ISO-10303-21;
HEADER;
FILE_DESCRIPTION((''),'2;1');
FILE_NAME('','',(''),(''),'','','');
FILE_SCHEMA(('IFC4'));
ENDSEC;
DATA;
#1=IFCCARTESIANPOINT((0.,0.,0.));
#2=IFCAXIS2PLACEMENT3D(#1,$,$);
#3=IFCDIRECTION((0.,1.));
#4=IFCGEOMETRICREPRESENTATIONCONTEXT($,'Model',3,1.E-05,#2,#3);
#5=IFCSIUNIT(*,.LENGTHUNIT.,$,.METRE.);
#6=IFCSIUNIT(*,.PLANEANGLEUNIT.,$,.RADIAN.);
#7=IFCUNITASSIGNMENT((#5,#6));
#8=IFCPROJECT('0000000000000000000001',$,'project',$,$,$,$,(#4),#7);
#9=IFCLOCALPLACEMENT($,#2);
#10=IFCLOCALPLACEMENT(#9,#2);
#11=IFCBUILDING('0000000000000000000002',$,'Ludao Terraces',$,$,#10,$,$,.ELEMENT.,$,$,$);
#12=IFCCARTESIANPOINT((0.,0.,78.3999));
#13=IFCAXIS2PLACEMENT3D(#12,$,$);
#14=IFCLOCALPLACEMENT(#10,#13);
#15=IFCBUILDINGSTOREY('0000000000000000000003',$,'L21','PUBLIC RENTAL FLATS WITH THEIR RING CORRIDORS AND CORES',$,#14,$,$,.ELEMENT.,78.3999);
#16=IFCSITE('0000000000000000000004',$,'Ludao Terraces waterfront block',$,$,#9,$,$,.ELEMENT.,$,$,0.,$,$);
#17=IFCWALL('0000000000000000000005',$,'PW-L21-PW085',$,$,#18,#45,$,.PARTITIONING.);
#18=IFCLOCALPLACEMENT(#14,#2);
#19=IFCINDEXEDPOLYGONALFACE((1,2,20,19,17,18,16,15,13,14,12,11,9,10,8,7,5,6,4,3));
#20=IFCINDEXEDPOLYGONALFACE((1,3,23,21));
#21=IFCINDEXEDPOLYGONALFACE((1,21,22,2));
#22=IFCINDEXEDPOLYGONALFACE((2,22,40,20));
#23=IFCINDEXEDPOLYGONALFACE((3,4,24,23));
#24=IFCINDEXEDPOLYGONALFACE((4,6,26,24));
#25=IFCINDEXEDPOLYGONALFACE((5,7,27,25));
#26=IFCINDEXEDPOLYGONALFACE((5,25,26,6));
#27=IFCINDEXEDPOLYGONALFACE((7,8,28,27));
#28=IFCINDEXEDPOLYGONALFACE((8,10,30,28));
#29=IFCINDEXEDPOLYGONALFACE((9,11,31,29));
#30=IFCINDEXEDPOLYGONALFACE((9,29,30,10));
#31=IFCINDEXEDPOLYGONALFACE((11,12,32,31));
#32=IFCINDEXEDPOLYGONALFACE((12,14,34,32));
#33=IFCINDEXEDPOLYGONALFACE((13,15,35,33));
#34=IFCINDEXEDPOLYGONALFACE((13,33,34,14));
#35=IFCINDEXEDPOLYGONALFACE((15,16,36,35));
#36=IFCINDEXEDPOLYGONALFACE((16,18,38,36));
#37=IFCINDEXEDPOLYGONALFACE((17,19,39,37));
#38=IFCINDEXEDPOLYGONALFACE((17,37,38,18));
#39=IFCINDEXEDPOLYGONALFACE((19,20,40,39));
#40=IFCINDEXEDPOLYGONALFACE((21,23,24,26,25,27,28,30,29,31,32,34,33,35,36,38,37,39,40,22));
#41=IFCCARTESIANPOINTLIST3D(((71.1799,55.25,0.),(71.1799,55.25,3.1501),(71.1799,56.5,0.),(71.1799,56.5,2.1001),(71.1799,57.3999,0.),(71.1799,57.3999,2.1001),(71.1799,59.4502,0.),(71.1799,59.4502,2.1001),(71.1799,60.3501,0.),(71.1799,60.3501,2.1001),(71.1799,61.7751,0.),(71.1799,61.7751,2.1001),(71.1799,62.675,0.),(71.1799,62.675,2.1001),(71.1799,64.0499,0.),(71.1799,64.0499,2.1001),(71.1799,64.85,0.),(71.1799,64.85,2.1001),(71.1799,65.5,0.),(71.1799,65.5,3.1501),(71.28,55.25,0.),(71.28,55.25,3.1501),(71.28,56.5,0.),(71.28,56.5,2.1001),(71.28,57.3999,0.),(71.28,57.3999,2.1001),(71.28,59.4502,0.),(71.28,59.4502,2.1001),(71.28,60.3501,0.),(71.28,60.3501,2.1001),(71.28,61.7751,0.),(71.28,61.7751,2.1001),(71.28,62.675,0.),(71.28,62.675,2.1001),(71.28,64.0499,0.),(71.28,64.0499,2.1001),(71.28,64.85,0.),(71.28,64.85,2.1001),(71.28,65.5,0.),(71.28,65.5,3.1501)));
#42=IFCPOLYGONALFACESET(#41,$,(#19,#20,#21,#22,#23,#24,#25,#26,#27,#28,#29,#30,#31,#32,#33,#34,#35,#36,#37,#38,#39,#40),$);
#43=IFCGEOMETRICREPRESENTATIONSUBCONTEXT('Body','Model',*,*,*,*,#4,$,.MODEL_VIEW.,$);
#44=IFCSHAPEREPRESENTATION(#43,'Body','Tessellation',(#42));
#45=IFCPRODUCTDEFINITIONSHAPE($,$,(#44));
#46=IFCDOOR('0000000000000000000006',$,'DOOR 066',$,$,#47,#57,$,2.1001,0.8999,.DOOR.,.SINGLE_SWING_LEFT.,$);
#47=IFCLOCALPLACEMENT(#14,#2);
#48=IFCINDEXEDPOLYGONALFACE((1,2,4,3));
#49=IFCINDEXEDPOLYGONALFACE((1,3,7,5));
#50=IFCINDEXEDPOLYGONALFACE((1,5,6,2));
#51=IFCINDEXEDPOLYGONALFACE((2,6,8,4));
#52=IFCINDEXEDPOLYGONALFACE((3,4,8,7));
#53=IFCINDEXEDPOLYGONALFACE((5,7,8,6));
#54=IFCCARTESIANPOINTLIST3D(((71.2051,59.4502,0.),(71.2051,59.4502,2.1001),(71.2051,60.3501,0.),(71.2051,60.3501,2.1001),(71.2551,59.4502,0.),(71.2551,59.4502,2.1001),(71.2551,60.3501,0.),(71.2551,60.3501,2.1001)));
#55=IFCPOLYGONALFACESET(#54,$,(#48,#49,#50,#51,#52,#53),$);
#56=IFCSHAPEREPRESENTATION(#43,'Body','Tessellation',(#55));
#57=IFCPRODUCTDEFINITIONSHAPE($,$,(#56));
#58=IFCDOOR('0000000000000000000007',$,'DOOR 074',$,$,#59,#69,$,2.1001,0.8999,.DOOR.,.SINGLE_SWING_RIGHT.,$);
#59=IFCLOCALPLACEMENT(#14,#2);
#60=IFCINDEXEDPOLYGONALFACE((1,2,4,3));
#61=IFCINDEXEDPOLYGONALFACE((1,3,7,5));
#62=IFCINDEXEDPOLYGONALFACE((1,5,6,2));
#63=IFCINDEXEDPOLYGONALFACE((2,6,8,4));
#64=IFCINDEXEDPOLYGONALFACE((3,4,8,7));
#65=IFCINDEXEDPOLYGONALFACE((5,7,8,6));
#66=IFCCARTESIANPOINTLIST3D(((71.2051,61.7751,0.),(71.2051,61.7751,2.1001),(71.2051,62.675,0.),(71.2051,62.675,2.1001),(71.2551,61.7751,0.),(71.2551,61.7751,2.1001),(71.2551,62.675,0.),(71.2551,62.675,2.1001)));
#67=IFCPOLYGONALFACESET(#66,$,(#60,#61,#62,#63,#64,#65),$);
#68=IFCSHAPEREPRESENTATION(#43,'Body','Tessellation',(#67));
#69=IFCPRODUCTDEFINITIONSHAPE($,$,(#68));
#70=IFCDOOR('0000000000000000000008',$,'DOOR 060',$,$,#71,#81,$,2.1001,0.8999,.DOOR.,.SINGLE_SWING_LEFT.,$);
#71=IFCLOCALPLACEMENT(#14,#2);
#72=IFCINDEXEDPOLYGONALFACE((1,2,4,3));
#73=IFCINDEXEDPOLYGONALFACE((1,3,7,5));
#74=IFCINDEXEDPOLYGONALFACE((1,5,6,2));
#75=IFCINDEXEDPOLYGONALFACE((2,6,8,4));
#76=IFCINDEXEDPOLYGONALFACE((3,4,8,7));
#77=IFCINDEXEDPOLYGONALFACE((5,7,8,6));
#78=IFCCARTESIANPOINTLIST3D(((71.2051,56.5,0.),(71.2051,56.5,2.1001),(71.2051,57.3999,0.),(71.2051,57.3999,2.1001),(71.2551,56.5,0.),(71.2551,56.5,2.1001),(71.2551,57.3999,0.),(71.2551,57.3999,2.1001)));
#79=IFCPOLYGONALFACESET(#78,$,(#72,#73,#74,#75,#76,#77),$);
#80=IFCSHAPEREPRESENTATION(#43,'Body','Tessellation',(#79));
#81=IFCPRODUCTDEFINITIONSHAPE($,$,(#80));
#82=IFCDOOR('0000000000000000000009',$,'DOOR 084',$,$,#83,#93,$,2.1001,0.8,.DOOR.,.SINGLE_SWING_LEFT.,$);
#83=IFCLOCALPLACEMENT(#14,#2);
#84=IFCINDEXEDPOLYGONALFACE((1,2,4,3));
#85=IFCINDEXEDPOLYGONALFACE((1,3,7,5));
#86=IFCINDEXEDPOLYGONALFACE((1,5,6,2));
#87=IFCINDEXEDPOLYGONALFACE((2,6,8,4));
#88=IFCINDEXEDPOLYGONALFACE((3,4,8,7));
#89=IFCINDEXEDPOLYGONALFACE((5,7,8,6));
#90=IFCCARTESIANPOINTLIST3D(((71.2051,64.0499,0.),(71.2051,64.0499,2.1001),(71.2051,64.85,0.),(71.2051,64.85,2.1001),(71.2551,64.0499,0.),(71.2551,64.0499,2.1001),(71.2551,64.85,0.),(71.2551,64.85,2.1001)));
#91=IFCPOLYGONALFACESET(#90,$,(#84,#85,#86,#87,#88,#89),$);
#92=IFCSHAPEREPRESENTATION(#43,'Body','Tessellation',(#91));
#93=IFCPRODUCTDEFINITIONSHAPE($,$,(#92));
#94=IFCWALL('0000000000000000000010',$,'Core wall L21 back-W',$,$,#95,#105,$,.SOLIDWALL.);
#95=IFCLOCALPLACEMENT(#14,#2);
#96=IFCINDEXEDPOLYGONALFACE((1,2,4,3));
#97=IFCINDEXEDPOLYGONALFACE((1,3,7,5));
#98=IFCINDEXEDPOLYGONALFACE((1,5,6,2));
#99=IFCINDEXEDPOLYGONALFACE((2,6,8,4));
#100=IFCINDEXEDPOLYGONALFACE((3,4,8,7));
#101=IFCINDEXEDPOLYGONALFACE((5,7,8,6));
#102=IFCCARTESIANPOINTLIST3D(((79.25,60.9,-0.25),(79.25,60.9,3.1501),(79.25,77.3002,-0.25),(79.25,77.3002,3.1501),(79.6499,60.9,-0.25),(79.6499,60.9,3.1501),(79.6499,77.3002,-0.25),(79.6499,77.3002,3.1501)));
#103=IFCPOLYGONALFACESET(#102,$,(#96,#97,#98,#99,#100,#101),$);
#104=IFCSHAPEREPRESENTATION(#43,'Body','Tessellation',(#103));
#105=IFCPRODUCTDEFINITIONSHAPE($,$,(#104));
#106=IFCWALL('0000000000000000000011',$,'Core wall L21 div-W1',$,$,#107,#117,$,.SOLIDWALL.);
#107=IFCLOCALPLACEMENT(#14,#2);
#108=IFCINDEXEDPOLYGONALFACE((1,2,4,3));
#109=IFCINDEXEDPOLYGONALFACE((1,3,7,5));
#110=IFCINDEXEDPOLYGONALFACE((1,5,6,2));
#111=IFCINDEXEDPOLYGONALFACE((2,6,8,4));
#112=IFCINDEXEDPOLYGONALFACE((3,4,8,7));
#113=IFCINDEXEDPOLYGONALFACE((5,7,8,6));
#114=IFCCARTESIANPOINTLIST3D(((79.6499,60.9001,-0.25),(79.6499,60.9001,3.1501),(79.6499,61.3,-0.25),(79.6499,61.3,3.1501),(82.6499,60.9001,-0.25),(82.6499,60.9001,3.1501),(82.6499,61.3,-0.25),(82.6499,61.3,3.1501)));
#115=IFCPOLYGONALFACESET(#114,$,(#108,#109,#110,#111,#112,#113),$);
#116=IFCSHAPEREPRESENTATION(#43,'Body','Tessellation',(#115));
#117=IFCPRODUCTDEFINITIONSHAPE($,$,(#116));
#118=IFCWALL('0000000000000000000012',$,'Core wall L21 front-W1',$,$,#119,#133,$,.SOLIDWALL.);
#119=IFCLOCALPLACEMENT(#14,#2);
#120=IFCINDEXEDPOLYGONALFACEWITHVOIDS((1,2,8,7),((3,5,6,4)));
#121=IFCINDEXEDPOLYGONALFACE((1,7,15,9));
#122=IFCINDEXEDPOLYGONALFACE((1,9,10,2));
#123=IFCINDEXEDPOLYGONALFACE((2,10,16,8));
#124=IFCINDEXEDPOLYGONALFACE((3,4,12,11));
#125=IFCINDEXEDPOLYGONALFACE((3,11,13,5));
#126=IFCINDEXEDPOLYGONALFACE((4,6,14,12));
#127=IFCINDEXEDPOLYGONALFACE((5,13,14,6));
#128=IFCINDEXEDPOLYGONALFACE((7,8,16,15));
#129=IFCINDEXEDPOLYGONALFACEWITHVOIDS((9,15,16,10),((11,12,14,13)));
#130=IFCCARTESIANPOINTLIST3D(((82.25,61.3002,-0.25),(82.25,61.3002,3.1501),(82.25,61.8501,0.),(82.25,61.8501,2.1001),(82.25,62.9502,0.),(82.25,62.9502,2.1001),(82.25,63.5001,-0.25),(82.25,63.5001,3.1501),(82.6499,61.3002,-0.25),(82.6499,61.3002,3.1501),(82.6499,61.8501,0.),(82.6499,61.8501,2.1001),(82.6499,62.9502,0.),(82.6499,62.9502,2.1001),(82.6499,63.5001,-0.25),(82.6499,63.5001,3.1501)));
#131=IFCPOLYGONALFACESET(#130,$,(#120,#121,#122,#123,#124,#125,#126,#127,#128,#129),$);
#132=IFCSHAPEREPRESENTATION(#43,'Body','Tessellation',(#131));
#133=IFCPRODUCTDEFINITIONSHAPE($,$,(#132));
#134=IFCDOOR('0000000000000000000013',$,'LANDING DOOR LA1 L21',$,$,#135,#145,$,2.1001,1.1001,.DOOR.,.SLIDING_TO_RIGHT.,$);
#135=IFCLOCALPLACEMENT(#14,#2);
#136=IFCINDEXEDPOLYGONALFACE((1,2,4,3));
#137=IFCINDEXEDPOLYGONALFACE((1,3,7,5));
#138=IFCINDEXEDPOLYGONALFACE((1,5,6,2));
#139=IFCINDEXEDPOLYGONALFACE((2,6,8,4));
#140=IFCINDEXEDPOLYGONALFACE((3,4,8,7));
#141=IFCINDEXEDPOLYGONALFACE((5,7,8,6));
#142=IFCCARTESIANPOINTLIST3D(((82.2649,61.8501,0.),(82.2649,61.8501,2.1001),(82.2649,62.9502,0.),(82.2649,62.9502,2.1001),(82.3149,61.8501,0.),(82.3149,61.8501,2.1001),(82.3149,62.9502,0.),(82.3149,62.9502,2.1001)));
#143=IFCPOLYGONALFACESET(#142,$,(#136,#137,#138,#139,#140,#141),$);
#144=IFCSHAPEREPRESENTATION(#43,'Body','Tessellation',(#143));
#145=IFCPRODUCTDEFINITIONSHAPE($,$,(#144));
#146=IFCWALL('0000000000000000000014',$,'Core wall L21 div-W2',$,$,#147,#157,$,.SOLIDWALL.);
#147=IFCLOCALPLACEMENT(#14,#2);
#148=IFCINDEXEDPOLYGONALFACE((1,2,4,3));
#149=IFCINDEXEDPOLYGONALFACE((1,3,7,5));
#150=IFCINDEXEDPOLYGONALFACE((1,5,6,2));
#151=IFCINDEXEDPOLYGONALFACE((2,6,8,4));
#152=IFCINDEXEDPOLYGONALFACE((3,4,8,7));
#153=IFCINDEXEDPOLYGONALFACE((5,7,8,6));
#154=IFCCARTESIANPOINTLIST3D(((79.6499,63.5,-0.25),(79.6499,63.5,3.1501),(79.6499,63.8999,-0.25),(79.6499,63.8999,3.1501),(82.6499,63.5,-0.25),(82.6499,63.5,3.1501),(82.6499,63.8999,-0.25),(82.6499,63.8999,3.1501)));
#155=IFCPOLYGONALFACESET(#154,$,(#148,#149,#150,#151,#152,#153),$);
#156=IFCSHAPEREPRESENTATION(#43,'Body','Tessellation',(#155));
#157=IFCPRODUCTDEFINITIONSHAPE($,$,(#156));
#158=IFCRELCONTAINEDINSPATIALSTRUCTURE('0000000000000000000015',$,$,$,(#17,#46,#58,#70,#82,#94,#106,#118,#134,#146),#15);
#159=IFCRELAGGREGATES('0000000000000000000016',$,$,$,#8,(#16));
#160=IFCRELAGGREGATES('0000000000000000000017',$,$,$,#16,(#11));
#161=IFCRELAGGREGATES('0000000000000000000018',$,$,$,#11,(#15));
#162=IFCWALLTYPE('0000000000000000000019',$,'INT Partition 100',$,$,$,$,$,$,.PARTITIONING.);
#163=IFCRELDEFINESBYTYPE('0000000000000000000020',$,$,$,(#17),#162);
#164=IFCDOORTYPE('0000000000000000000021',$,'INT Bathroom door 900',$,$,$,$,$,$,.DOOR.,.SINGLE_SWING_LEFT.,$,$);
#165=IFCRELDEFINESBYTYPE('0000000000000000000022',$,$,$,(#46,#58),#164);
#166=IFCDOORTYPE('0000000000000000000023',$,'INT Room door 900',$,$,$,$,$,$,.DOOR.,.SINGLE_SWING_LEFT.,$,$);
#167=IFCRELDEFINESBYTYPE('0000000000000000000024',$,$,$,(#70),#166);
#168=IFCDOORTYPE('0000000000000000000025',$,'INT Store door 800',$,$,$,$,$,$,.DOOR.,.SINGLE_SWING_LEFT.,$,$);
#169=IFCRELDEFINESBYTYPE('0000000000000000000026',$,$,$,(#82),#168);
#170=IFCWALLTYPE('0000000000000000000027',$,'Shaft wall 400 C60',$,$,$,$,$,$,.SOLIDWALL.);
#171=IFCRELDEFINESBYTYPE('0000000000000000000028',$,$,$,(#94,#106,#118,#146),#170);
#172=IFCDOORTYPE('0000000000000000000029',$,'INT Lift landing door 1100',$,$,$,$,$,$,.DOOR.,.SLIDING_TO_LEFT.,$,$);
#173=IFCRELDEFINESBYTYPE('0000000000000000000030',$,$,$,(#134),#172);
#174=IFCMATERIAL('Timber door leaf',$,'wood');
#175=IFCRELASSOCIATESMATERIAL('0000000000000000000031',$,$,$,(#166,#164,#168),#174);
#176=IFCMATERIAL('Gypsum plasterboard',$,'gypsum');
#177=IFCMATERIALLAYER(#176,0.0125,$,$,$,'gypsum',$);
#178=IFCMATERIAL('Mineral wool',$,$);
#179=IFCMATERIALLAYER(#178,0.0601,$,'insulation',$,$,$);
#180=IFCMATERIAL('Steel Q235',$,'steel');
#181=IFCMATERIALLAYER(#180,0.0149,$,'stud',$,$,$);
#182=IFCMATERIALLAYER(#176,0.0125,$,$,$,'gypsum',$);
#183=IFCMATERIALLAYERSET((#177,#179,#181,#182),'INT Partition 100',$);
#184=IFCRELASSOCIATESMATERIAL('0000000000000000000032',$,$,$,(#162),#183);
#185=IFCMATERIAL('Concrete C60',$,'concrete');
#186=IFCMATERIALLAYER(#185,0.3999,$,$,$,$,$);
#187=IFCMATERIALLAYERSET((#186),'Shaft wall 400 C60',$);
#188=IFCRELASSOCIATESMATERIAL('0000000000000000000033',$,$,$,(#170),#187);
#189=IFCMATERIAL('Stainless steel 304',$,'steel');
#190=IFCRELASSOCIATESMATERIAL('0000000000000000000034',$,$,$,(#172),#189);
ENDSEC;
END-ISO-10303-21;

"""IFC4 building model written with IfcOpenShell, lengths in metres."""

from ifc_helpers import new_model, si_unit, direction, frame, frame_2d, origin, place, context, subcontext, project, spatial, rectangle, extrude, material, layer, layer_set, type_object, element, fill, save


model = new_model("IFC4")

# Units and contexts
model_context = context("Model", 3, precision=1e-05, world=origin(), true_north=direction((0.0, 1.0)))
body_context = subcontext(model_context, "Body", "Model", "MODEL_VIEW")
ifc_project = project(units=[si_unit("LENGTHUNIT", "METRE"), si_unit("PLANEANGLEUNIT", "RADIAN")], contexts=[model_context])

# Site, building, storey
site_placement = place(None, origin())
site = spatial("IfcSite", under=ifc_project, at=site_placement, Name="Ludao Terraces waterfront block", CompositionType="ELEMENT", RefElevation=0.0)
building_placement = place(site_placement, origin())
building = spatial("IfcBuilding", under=site, at=building_placement, Name="Ludao Terraces", CompositionType="ELEMENT")
storey_placement = place(building_placement, frame((0.0, 0.0, 78.3999)))
storey = spatial("IfcBuildingStorey", under=building, at=storey_placement, Name="L21", Description="PUBLIC RENTAL FLATS WITH THEIR RING CORRIDORS AND CORES", CompositionType="ELEMENT", Elevation=78.3999)

# Shared definitions
ifc_material_1 = material(Name="Steel Q235", Category="steel")
ifc_material_2 = material(Name="Mineral wool")
ifc_material_3 = material(Name="Timber door leaf", Category="wood")
door_type_1 = type_object("IfcDoorType", Name="INT Room door 900", OperationType="SINGLE_SWING_LEFT", PredefinedType="DOOR", material=ifc_material_3)

# Shared definitions
ifc_material_4 = material(Name="Gypsum plasterboard", Category="gypsum")
ifc_layer_1 = layer(ifc_material_4, 0.0125, Category="gypsum")
ifc_layer_2 = layer(ifc_material_2, 0.0601, Name="insulation")
ifc_layer_3 = layer(ifc_material_1, 0.0149, Name="stud")
ifc_layer_4 = layer(ifc_material_4, 0.0125, Category="gypsum")
ifc_layer_set_1 = layer_set([ifc_layer_1, ifc_layer_2, ifc_layer_3, ifc_layer_4], Name="INT Partition 100")
wall_type_1 = type_object("IfcWallType", Name="INT Partition 100", PredefinedType="PARTITIONING", material=ifc_layer_set_1)

# Wall, openings, doors
wall_1_placement = place(storey_placement, frame((71.23, 55.25, 0.0), z_axis=(0.0, 0.0, 1.0), x_axis=(0.0, 1.0, 0.0)))
wall_1 = element("IfcWall", 1, at=wall_1_placement, inside=storey, type_object=wall_type_1, Name="PW-L21-PW085", PredefinedType="PARTITIONING", context=body_context, shape_type="SweptSolid", body=[
    extrude(rectangle(XDim=10.25, YDim=0.1001, at=frame_2d((5.125, 0.0))), origin(), (0.0, 0.0, 1.0), 3.1501),
])
opening_1_placement = place(wall_1_placement, frame((1.25, 0.0, 0.0)))
opening_1 = element("IfcOpeningElement", 2, at=opening_1_placement, cuts=wall_1, PredefinedType="OPENING", context=body_context, shape_type="SweptSolid", body=[
    extrude(rectangle(XDim=0.8999, YDim=2.1001, at=frame_2d((0.45, 1.05))), frame((0.0, 0.0601, 0.0), z_axis=(0.0, -1.0, 0.0), x_axis=(1.0, 0.0, 0.0)), (0.0, 0.0, 1.0), 0.1201),
])
opening_2_placement = place(wall_1_placement, frame((4.2002, 0.0, 0.0)))
opening_2 = element("IfcOpeningElement", 3, at=opening_2_placement, cuts=wall_1, PredefinedType="OPENING", context=body_context, shape_type="SweptSolid", body=[
    extrude(rectangle(XDim=0.8999, YDim=2.1001, at=frame_2d((0.45, 1.05))), frame((0.0, 0.0601, 0.0), z_axis=(0.0, -1.0, 0.0), x_axis=(1.0, 0.0, 0.0)), (0.0, 0.0, 1.0), 0.1201),
])
opening_3_placement = place(wall_1_placement, frame((6.5251, 0.0, 0.0)))
opening_3 = element("IfcOpeningElement", 4, at=opening_3_placement, cuts=wall_1, PredefinedType="OPENING", context=body_context, shape_type="SweptSolid", body=[
    extrude(rectangle(XDim=0.8999, YDim=2.1001, at=frame_2d((0.45, 1.05))), frame((0.0, 0.0601, 0.0), z_axis=(0.0, -1.0, 0.0), x_axis=(1.0, 0.0, 0.0)), (0.0, 0.0, 1.0), 0.1201),
])
opening_4_placement = place(wall_1_placement, frame((8.8, 0.0, 0.0)))
opening_4 = element("IfcOpeningElement", 5, at=opening_4_placement, cuts=wall_1, PredefinedType="OPENING", context=body_context, shape_type="SweptSolid", body=[
    extrude(rectangle(XDim=0.8, YDim=2.1001, at=frame_2d((0.3999, 1.05))), frame((0.0, 0.0601, 0.0), z_axis=(0.0, -1.0, 0.0), x_axis=(1.0, 0.0, 0.0)), (0.0, 0.0, 1.0), 0.1201),
])
door_type_2 = type_object("IfcDoorType", Name="INT Bathroom door 900", OperationType="SINGLE_SWING_LEFT", PredefinedType="DOOR", material=ifc_material_3)
door_1_placement = place(opening_2_placement, origin())
door_1 = element("IfcDoor", 6, at=door_1_placement, inside=storey, type_object=door_type_2, Name="DOOR 066", OperationType="SINGLE_SWING_LEFT", OverallHeight=2.1001, OverallWidth=0.8999, PredefinedType="DOOR", context=body_context, shape_type="SweptSolid", body=[
    extrude(rectangle(XDim=0.8999, YDim=2.1001, at=frame_2d((0.45, 1.05))), frame((0.0, 0.0249, 0.0), z_axis=(0.0, -1.0, 0.0), x_axis=(1.0, 0.0, 0.0)), (0.0, 0.0, 1.0), 0.05),
])
fill(opening_2, door_1)
door_2_placement = place(opening_3_placement, origin())
door_2 = element("IfcDoor", 7, at=door_2_placement, inside=storey, type_object=door_type_2, Name="DOOR 074", OperationType="SINGLE_SWING_RIGHT", OverallHeight=2.1001, OverallWidth=0.8999, PredefinedType="DOOR", context=body_context, shape_type="SweptSolid", body=[
    extrude(rectangle(XDim=0.8999, YDim=2.1001, at=frame_2d((0.45, 1.05))), frame((0.0, 0.0249, 0.0), z_axis=(0.0, -1.0, 0.0), x_axis=(1.0, 0.0, 0.0)), (0.0, 0.0, 1.0), 0.05),
])
fill(opening_3, door_2)
door_3_placement = place(opening_1_placement, origin())
door_3 = element("IfcDoor", 8, at=door_3_placement, inside=storey, type_object=door_type_1, Name="DOOR 060", OperationType="SINGLE_SWING_LEFT", OverallHeight=2.1001, OverallWidth=0.8999, PredefinedType="DOOR", context=body_context, shape_type="SweptSolid", body=[
    extrude(rectangle(XDim=0.8999, YDim=2.1001, at=frame_2d((0.45, 1.05))), frame((0.0, 0.0249, 0.0), z_axis=(0.0, -1.0, 0.0), x_axis=(1.0, 0.0, 0.0)), (0.0, 0.0, 1.0), 0.05),
])
fill(opening_1, door_3)
door_type_3 = type_object("IfcDoorType", Name="INT Store door 800", OperationType="SINGLE_SWING_LEFT", PredefinedType="DOOR", material=ifc_material_3)
door_4_placement = place(opening_4_placement, origin())
door_4 = element("IfcDoor", 9, at=door_4_placement, inside=storey, type_object=door_type_3, Name="DOOR 084", OperationType="SINGLE_SWING_LEFT", OverallHeight=2.1001, OverallWidth=0.8, PredefinedType="DOOR", context=body_context, shape_type="SweptSolid", body=[
    extrude(rectangle(XDim=0.8, YDim=2.1001, at=frame_2d((0.3999, 1.05))), frame((0.0, 0.0249, 0.0), z_axis=(0.0, -1.0, 0.0), x_axis=(1.0, 0.0, 0.0)), (0.0, 0.0, 1.0), 0.05),
])
fill(opening_4, door_4)

# Walls
ifc_material_5 = material(Name="Concrete C60", Category="concrete")
ifc_layer_5 = layer(ifc_material_5, 0.3999)
ifc_layer_set_2 = layer_set([ifc_layer_5], Name="Shaft wall 400 C60")
wall_type_2 = type_object("IfcWallType", Name="Shaft wall 400 C60", PredefinedType="SOLIDWALL", material=ifc_layer_set_2)
wall_2_placement = place(storey_placement, frame((79.45, 60.8999, -0.25), z_axis=(0.0, 0.0, 1.0), x_axis=(0.0, 1.0, 0.0)))
element("IfcWall", 10, at=wall_2_placement, inside=storey, type_object=wall_type_2, Name="Core wall L21 back-W", PredefinedType="SOLIDWALL", context=body_context, shape_type="SweptSolid", body=[
    extrude(rectangle(XDim=16.4001, YDim=0.3999, at=frame_2d((8.2002, 0.0))), origin(), (0.0, 0.0, 1.0), 3.4001),
])
wall_3_placement = place(storey_placement, frame((79.6499, 61.1001, -0.25), z_axis=(0.0, 0.0, 1.0), x_axis=(1.0, 0.0, 0.0)))
element("IfcWall", 11, at=wall_3_placement, inside=storey, type_object=wall_type_2, Name="Core wall L21 div-W1", PredefinedType="SOLIDWALL", context=body_context, shape_type="SweptSolid", body=[
    extrude(rectangle(XDim=3.0, YDim=0.3999, at=frame_2d((1.5, 0.0))), origin(), (0.0, 0.0, 1.0), 3.4001),
])

# Wall, opening, door
wall_4_placement = place(storey_placement, frame((82.45, 61.3, -0.25), z_axis=(0.0, 0.0, 1.0), x_axis=(0.0, 1.0, 0.0)))
wall_4 = element("IfcWall", 12, at=wall_4_placement, inside=storey, type_object=wall_type_2, Name="Core wall L21 front-W1", PredefinedType="SOLIDWALL", context=body_context, shape_type="SweptSolid", body=[
    extrude(rectangle(XDim=2.2, YDim=0.3999, at=frame_2d((1.1001, 0.0))), origin(), (0.0, 0.0, 1.0), 3.4001),
])
opening_5_placement = place(wall_4_placement, frame((0.55, 0.0, 0.25)))
opening_5 = element("IfcOpeningElement", 13, at=opening_5_placement, cuts=wall_4, PredefinedType="OPENING", context=body_context, shape_type="SweptSolid", body=[
    extrude(rectangle(XDim=1.1001, YDim=2.1001, at=frame_2d((0.55, 1.05))), frame((0.0, 0.21, 0.0), z_axis=(0.0, -1.0, 0.0), x_axis=(1.0, 0.0, 0.0)), (0.0, 0.0, 1.0), 0.4199),
])
ifc_material_6 = material(Name="Stainless steel 304", Category="steel")
door_type_4 = type_object("IfcDoorType", Name="INT Lift landing door 1100", OperationType="SLIDING_TO_LEFT", PredefinedType="DOOR", material=ifc_material_6)
door_5_placement = place(opening_5_placement, origin())
door_5 = element("IfcDoor", 14, at=door_5_placement, inside=storey, type_object=door_type_4, Name="LANDING DOOR LA1 L21", OperationType="SLIDING_TO_RIGHT", OverallHeight=2.1001, OverallWidth=1.1001, PredefinedType="DOOR", context=body_context, shape_type="SweptSolid", body=[
    extrude(rectangle(XDim=1.1001, YDim=2.1001, at=frame_2d((0.55, 1.05))), frame((0.0, 0.1851, 0.0), z_axis=(0.0, -1.0, 0.0), x_axis=(1.0, 0.0, 0.0)), (0.0, 0.0, 1.0), 0.05),
])
fill(opening_5, door_5)

# Wall
wall_5_placement = place(storey_placement, frame((79.6499, 63.7, -0.25), z_axis=(0.0, 0.0, 1.0), x_axis=(1.0, 0.0, 0.0)))
element("IfcWall", 15, at=wall_5_placement, inside=storey, type_object=wall_type_2, Name="Core wall L21 div-W2", PredefinedType="SOLIDWALL", context=body_context, shape_type="SweptSolid", body=[
    extrude(rectangle(XDim=3.0, YDim=0.3999, at=frame_2d((1.5, 0.0))), origin(), (0.0, 0.0, 1.0), 3.4001),
])

save(model, "model.ifc")
